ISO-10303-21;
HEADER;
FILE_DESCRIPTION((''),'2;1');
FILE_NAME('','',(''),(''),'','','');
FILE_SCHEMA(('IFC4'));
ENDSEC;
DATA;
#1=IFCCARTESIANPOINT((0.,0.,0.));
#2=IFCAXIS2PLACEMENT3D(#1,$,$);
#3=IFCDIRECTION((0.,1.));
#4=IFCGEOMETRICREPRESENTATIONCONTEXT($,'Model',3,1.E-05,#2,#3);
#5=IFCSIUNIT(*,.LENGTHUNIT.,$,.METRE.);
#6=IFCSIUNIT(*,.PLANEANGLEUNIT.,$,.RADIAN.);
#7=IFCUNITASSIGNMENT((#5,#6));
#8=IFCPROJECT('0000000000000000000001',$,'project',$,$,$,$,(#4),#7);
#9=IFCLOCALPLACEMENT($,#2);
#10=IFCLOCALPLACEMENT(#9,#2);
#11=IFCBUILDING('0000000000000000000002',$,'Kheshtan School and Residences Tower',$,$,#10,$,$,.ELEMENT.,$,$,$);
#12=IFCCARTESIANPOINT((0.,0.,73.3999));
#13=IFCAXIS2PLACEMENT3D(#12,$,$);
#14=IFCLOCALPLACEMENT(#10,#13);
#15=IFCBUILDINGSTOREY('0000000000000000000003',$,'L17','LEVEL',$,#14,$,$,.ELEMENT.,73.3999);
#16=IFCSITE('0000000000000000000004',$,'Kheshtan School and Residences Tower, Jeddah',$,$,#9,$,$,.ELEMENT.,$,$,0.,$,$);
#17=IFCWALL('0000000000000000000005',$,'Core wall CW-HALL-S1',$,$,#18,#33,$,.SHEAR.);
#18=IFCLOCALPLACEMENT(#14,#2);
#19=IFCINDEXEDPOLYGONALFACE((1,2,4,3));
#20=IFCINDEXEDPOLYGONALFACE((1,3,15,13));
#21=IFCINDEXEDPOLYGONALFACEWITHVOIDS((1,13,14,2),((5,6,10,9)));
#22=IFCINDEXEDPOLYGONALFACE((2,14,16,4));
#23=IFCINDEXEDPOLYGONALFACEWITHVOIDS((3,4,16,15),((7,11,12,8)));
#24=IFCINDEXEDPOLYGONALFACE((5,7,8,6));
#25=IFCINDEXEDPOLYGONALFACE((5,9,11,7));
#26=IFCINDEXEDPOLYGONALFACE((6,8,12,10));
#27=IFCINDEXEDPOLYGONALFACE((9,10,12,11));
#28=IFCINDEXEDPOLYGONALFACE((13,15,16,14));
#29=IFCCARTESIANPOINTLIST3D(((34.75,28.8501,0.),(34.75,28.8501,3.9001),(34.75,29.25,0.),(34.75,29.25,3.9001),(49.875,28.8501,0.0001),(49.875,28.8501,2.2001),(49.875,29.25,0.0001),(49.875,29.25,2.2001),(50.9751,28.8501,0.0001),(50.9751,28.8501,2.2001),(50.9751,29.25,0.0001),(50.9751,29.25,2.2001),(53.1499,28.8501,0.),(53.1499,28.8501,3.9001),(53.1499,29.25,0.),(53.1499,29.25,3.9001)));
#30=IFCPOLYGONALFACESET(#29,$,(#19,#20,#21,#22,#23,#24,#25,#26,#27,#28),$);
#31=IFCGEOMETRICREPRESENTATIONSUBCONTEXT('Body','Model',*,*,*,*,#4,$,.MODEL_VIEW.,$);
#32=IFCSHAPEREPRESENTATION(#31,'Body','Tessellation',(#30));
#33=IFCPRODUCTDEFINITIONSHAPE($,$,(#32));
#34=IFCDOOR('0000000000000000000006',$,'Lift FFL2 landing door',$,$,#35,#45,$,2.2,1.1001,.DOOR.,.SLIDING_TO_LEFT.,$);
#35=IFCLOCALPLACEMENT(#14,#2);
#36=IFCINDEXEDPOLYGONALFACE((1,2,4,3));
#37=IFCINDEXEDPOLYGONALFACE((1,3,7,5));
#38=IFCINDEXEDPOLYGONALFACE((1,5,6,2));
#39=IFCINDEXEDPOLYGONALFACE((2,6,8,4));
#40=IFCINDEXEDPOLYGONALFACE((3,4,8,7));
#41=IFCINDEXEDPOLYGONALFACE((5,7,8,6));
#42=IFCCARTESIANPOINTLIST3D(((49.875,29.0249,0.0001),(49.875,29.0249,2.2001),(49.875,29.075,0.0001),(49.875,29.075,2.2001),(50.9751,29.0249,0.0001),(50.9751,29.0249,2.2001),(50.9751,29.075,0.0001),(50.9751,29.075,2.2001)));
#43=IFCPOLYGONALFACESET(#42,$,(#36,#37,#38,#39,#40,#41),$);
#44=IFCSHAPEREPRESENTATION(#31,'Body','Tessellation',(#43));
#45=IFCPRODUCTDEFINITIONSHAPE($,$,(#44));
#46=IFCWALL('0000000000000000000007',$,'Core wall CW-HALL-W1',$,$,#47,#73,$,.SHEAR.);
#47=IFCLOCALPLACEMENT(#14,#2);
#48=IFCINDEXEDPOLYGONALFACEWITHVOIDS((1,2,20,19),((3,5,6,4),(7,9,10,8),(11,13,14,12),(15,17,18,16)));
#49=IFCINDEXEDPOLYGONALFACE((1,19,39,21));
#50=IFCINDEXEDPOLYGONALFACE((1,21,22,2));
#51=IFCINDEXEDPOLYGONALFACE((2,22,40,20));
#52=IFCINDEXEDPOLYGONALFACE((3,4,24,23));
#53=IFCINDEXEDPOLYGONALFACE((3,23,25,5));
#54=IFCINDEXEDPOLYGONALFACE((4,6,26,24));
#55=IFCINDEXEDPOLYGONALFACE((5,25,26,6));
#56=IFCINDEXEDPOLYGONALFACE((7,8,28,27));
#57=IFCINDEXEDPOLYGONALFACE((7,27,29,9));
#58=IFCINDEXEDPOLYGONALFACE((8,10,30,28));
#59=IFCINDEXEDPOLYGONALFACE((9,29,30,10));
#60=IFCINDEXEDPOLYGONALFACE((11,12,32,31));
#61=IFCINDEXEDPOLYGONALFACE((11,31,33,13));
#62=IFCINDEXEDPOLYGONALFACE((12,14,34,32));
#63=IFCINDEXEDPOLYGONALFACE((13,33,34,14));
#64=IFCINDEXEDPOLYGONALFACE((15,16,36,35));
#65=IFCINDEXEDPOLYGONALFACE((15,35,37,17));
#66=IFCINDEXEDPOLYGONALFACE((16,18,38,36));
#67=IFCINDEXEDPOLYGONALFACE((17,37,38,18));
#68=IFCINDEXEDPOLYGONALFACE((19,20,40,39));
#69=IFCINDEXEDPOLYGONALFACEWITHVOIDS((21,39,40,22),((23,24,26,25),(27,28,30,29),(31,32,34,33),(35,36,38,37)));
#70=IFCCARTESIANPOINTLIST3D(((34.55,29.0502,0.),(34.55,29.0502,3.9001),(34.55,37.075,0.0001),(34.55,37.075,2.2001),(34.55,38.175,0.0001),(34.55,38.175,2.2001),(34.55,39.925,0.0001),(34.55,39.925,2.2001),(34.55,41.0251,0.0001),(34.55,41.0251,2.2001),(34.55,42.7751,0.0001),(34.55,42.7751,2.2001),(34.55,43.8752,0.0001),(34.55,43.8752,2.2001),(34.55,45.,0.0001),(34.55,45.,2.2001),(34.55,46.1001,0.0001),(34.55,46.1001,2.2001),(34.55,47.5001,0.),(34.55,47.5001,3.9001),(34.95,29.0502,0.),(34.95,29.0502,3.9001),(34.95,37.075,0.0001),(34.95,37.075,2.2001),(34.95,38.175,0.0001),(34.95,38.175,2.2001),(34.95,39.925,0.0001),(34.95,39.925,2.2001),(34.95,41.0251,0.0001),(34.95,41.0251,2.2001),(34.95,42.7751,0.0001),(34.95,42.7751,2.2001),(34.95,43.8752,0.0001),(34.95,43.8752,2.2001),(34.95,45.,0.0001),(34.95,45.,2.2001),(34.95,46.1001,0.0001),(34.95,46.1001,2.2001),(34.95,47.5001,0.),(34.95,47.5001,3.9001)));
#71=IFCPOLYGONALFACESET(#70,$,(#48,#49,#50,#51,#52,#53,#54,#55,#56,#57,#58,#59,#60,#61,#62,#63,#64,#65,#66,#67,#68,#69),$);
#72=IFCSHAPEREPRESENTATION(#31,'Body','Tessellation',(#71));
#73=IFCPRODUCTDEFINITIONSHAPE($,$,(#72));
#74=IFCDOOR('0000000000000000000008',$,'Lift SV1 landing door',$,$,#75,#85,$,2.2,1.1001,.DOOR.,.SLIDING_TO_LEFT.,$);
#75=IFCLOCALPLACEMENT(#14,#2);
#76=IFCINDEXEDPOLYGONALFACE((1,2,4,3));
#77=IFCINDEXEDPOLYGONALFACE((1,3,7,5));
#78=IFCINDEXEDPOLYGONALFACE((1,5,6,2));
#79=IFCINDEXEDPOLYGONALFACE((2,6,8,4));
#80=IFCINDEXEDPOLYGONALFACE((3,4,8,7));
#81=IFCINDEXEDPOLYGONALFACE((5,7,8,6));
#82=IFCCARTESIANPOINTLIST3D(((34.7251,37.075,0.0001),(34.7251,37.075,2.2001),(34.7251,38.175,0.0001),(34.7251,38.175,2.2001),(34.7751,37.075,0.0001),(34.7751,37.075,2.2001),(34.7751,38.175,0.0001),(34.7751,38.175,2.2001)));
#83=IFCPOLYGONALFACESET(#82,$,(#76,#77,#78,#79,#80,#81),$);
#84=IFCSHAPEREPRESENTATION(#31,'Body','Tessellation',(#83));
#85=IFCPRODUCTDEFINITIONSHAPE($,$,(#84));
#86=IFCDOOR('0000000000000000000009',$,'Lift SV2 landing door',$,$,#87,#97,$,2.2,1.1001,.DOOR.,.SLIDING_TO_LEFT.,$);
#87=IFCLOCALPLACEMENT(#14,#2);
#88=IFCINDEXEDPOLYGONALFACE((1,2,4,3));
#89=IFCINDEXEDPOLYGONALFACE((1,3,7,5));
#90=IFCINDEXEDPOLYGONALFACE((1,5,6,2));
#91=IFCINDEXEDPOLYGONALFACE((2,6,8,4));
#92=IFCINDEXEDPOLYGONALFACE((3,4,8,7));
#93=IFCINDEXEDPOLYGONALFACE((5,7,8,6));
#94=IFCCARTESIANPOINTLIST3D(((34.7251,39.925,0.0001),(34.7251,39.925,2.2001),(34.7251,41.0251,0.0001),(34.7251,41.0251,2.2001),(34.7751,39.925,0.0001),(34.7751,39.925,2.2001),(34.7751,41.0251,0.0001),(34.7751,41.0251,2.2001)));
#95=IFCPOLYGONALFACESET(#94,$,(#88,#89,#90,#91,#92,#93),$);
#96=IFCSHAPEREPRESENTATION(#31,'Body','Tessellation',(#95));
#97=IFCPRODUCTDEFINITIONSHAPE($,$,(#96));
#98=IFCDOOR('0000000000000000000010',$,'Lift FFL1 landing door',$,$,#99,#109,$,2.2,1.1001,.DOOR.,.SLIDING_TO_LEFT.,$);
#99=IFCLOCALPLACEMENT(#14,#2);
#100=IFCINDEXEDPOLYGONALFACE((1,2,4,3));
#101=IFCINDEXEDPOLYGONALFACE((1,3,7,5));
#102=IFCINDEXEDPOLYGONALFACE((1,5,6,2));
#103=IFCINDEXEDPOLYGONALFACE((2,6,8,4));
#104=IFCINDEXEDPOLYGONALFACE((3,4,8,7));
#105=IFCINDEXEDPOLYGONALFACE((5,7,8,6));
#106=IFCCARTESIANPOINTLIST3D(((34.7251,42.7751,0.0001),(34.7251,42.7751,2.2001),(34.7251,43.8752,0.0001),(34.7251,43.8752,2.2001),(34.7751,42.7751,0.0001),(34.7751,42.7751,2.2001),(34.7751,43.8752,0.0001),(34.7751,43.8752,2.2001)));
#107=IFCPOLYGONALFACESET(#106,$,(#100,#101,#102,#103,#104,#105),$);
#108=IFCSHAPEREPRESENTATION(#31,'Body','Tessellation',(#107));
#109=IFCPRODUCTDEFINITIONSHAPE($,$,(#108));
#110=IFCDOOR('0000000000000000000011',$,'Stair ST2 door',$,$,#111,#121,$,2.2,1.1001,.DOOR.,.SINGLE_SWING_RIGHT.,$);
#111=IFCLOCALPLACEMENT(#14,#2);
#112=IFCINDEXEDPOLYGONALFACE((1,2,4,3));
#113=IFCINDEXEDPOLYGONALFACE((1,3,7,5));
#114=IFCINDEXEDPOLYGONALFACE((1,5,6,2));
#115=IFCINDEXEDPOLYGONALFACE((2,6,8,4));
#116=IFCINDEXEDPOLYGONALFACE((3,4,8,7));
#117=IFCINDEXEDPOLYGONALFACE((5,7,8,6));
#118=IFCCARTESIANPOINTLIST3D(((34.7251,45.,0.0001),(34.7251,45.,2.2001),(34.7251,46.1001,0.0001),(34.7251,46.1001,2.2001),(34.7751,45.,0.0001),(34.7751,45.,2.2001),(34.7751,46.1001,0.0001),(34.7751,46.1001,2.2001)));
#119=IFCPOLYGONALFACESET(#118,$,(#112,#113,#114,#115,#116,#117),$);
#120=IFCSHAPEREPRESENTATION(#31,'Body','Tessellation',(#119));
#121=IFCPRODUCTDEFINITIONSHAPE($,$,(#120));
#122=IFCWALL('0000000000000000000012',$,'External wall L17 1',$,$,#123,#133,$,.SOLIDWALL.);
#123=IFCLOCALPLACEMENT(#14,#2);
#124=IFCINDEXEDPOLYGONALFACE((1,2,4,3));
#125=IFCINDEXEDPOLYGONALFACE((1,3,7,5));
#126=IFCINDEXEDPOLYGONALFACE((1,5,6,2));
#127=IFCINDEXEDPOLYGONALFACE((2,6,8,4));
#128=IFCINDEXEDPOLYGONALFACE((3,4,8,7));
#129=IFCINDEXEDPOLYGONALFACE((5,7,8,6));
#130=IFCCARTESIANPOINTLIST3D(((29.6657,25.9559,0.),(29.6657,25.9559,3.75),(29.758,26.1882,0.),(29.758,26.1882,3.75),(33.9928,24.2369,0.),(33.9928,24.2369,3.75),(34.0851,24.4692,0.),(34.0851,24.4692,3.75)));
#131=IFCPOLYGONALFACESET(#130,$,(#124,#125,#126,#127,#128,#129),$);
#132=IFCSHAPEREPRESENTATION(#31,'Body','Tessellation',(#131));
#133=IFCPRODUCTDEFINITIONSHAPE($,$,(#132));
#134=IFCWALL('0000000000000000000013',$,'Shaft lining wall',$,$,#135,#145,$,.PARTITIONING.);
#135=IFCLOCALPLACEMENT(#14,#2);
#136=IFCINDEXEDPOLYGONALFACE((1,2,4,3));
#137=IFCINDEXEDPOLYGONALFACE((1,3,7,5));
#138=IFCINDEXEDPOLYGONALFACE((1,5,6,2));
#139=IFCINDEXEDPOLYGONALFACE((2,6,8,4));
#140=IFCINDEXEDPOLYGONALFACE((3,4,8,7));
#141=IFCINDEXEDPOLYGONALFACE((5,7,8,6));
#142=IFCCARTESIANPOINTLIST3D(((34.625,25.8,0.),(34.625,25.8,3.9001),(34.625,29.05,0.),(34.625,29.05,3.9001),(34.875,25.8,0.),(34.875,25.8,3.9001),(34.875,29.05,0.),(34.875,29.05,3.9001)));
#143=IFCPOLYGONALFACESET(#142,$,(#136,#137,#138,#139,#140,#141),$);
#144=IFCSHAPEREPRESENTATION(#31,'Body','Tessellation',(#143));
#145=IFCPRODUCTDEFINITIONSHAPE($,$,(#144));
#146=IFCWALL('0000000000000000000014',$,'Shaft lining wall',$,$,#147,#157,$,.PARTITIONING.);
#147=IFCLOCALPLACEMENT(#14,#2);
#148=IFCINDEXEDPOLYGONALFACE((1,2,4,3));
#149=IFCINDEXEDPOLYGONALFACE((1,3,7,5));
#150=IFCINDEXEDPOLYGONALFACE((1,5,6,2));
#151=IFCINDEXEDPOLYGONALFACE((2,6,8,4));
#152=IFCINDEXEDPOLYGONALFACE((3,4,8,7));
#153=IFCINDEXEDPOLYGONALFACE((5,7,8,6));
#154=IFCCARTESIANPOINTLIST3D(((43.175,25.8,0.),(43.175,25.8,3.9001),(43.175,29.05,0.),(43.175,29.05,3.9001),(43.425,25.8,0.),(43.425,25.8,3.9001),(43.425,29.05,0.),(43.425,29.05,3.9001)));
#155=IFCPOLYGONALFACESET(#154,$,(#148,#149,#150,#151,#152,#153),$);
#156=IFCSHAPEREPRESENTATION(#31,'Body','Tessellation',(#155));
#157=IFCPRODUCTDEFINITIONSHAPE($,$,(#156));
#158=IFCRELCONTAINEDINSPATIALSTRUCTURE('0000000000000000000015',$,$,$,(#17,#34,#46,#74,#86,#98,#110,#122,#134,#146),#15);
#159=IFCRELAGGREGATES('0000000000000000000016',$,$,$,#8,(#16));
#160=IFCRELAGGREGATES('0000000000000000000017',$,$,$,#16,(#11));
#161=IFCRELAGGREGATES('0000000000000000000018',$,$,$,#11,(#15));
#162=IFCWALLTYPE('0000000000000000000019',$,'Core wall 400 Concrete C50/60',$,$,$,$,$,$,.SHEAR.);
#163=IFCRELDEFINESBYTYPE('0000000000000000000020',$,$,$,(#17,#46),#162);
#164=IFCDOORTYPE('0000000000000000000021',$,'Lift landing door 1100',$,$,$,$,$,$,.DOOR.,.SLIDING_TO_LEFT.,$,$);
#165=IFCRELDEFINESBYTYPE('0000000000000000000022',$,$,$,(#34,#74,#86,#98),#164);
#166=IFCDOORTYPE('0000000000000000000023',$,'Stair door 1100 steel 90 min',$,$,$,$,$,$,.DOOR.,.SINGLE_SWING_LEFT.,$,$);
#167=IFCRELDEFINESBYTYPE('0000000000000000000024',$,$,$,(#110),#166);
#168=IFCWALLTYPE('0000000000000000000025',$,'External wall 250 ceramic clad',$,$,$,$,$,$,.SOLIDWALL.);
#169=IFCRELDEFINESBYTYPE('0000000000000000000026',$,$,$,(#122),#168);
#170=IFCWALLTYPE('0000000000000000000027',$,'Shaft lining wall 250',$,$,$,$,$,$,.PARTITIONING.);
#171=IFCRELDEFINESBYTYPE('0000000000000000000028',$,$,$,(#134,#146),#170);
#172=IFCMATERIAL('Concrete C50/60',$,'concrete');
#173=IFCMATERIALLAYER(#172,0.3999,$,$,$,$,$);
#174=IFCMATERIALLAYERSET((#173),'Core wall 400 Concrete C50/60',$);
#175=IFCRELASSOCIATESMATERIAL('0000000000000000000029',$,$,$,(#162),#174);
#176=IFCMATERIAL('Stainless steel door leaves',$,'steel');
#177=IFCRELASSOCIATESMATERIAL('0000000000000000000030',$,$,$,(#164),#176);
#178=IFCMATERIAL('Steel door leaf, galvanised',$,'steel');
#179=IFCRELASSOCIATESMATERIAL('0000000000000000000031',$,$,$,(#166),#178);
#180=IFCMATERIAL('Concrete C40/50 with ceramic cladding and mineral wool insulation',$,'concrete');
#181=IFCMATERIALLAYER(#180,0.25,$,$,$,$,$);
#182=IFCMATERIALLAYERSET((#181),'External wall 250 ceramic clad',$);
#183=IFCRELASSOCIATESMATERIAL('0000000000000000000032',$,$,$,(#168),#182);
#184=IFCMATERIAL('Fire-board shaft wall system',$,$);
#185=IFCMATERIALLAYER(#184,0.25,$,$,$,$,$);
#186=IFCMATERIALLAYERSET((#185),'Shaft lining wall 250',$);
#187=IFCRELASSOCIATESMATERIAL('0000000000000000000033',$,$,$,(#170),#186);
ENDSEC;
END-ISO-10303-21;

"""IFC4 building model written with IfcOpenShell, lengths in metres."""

from ifc_helpers import new_model, si_unit, direction, frame, frame_2d, origin, place, context, subcontext, project, spatial, rectangle, extrude, source, transform, mapped, material, layer, layer_set, type_object, element, fill, save


model = new_model("IFC4")

# Units and contexts
model_context = context("Model", 3, precision=1e-05, world=origin(), true_north=direction((0.0, 1.0)))
body_context = subcontext(model_context, "Body", "Model", "MODEL_VIEW")
ifc_project = project(units=[si_unit("LENGTHUNIT", "METRE"), si_unit("PLANEANGLEUNIT", "RADIAN")], contexts=[model_context])

# Site, building, storey
site_placement = place(None, origin())
site = spatial("IfcSite", under=ifc_project, at=site_placement, Name="Kheshtan School and Residences Tower, Jeddah", CompositionType="ELEMENT", RefElevation=0.0)
building_placement = place(site_placement, origin())
building = spatial("IfcBuilding", under=site, at=building_placement, Name="Kheshtan School and Residences Tower", CompositionType="ELEMENT")
storey_placement = place(building_placement, frame((0.0, 0.0, 73.3999)))
storey = spatial("IfcBuildingStorey", under=building, at=storey_placement, Name="L17", Description="LEVEL", CompositionType="ELEMENT", Elevation=73.3999)

# Wall, opening, door
ifc_material_1 = material(Name="Concrete C50/60", Category="concrete")
ifc_layer_1 = layer(ifc_material_1, 0.3999)
ifc_layer_set_1 = layer_set([ifc_layer_1], Name="Core wall 400 Concrete C50/60")
wall_type_1 = type_object("IfcWallType", Name="Core wall 400 Concrete C50/60", PredefinedType="SHEAR", material=ifc_layer_set_1)
wall_1_placement = place(storey_placement, frame((34.75, 29.05, 0.0), z_axis=(0.0, 0.0, 1.0), x_axis=(1.0, 0.0, 0.0)))
wall_1 = element("IfcWall", 1, at=wall_1_placement, inside=storey, type_object=wall_type_1, Name="Core wall CW-HALL-S1", PredefinedType="SHEAR", context=body_context, shape_type="SweptSolid", body=[
    extrude(rectangle(XDim=18.3999, YDim=0.3999, at=frame_2d((9.2, 0.0))), origin(), (0.0, 0.0, 1.0), 3.9001),
])
opening_1_placement = place(wall_1_placement, frame((15.125, 0.0, 0.0)))
opening_1 = element("IfcOpeningElement", 2, at=opening_1_placement, cuts=wall_1, PredefinedType="OPENING", context=body_context, shape_type="SweptSolid", body=[
    extrude(rectangle(XDim=1.1001, YDim=2.2, at=frame_2d((0.55, 1.1001))), frame((0.0, 0.21, 0.0), z_axis=(0.0, -1.0, 0.0), x_axis=(1.0, 0.0, 0.0)), (0.0, 0.0, 1.0), 0.4199),
])
ifc_material_2 = material(Name="Stainless steel door leaves", Category="steel")
door_type_1 = type_object("IfcDoorType", Name="Lift landing door 1100", OperationType="SLIDING_TO_LEFT", PredefinedType="DOOR", material=ifc_material_2)
shared_shape_1 = source(origin(), body_context, "Body", "SweptSolid", [
    extrude(rectangle(XDim=1.1001, YDim=2.2, at=frame_2d((0.55, 1.1001))), frame((0.0, 0.0249, 0.0), z_axis=(0.0, -1.0, 0.0), x_axis=(1.0, 0.0, 0.0)), (0.0, 0.0, 1.0), 0.05),
])
door_1_placement = place(opening_1_placement, origin())
door_1 = element("IfcDoor", 3, at=door_1_placement, inside=storey, type_object=door_type_1, Name="Lift FFL2 landing door", OperationType="SLIDING_TO_LEFT", OverallHeight=2.2, OverallWidth=1.1001, PredefinedType="DOOR", context=body_context, shape_type="MappedRepresentation", body=[
    mapped(shared_shape_1, transform((0.0, 0.0, 0.0), x_axis=(1.0, 0.0, 0.0), y_axis=(0.0, 1.0, 0.0), z_axis=(0.0, 0.0, 1.0), scale=1.0)),
])
fill(opening_1, door_1)

# Wall, openings, doors
wall_2_placement = place(storey_placement, frame((34.75, 29.05, 0.0), z_axis=(0.0, 0.0, 1.0), x_axis=(0.0, 1.0, 0.0)))
wall_2 = element("IfcWall", 4, at=wall_2_placement, inside=storey, type_object=wall_type_1, Name="Core wall CW-HALL-W1", PredefinedType="SHEAR", context=body_context, shape_type="SweptSolid", body=[
    extrude(rectangle(XDim=18.45, YDim=0.3999, at=frame_2d((9.2251, 0.0))), origin(), (0.0, 0.0, 1.0), 3.9001),
])
opening_2_placement = place(wall_2_placement, frame((8.0249, 0.0, 0.0)))
opening_2 = element("IfcOpeningElement", 5, at=opening_2_placement, cuts=wall_2, PredefinedType="OPENING", context=body_context, shape_type="SweptSolid", body=[
    extrude(rectangle(XDim=1.1001, YDim=2.2, at=frame_2d((0.55, 1.1001))), frame((0.0, 0.21, 0.0), z_axis=(0.0, -1.0, 0.0), x_axis=(1.0, 0.0, 0.0)), (0.0, 0.0, 1.0), 0.4199),
])
opening_3_placement = place(wall_2_placement, frame((10.875, 0.0, 0.0)))
opening_3 = element("IfcOpeningElement", 6, at=opening_3_placement, cuts=wall_2, PredefinedType="OPENING", context=body_context, shape_type="SweptSolid", body=[
    extrude(rectangle(XDim=1.1001, YDim=2.2, at=frame_2d((0.55, 1.1001))), frame((0.0, 0.21, 0.0), z_axis=(0.0, -1.0, 0.0), x_axis=(1.0, 0.0, 0.0)), (0.0, 0.0, 1.0), 0.4199),
])
opening_4_placement = place(wall_2_placement, frame((13.7251, 0.0, 0.0)))
opening_4 = element("IfcOpeningElement", 7, at=opening_4_placement, cuts=wall_2, PredefinedType="OPENING", context=body_context, shape_type="SweptSolid", body=[
    extrude(rectangle(XDim=1.1001, YDim=2.2, at=frame_2d((0.55, 1.1001))), frame((0.0, 0.21, 0.0), z_axis=(0.0, -1.0, 0.0), x_axis=(1.0, 0.0, 0.0)), (0.0, 0.0, 1.0), 0.4199),
])
opening_5_placement = place(wall_2_placement, frame((15.95, 0.0, 0.0)))
opening_5 = element("IfcOpeningElement", 8, at=opening_5_placement, cuts=wall_2, PredefinedType="OPENING", context=body_context, shape_type="SweptSolid", body=[
    extrude(rectangle(XDim=1.1001, YDim=2.2, at=frame_2d((0.55, 1.1001))), frame((0.0, 0.21, 0.0), z_axis=(0.0, -1.0, 0.0), x_axis=(1.0, 0.0, 0.0)), (0.0, 0.0, 1.0), 0.4199),
])
door_2_placement = place(opening_2_placement, origin())
door_2 = element("IfcDoor", 9, at=door_2_placement, inside=storey, type_object=door_type_1, Name="Lift SV1 landing door", OperationType="SLIDING_TO_LEFT", OverallHeight=2.2, OverallWidth=1.1001, PredefinedType="DOOR", context=body_context, shape_type="MappedRepresentation", body=[
    mapped(shared_shape_1, transform((0.0, 0.0, 0.0), x_axis=(1.0, 0.0, 0.0), y_axis=(0.0, 1.0, 0.0), z_axis=(0.0, 0.0, 1.0), scale=1.0)),
])
fill(opening_2, door_2)
door_3_placement = place(opening_3_placement, origin())
door_3 = element("IfcDoor", 10, at=door_3_placement, inside=storey, type_object=door_type_1, Name="Lift SV2 landing door", OperationType="SLIDING_TO_LEFT", OverallHeight=2.2, OverallWidth=1.1001, PredefinedType="DOOR", context=body_context, shape_type="MappedRepresentation", body=[
    mapped(shared_shape_1, transform((0.0, 0.0, 0.0), x_axis=(1.0, 0.0, 0.0), y_axis=(0.0, 1.0, 0.0), z_axis=(0.0, 0.0, 1.0), scale=1.0)),
])
fill(opening_3, door_3)
door_4_placement = place(opening_4_placement, origin())
door_4 = element("IfcDoor", 11, at=door_4_placement, inside=storey, type_object=door_type_1, Name="Lift FFL1 landing door", OperationType="SLIDING_TO_LEFT", OverallHeight=2.2, OverallWidth=1.1001, PredefinedType="DOOR", context=body_context, shape_type="MappedRepresentation", body=[
    mapped(shared_shape_1, transform((0.0, 0.0, 0.0), x_axis=(1.0, 0.0, 0.0), y_axis=(0.0, 1.0, 0.0), z_axis=(0.0, 0.0, 1.0), scale=1.0)),
])
fill(opening_4, door_4)
ifc_material_3 = material(Name="Steel door leaf, galvanised", Category="steel")
door_type_2 = type_object("IfcDoorType", Name="Stair door 1100 steel 90 min", OperationType="SINGLE_SWING_LEFT", PredefinedType="DOOR", material=ifc_material_3)
shared_shape_2 = source(origin(), body_context, "Body", "SweptSolid", [
    extrude(rectangle(XDim=1.1001, YDim=2.2, at=frame_2d((0.55, 1.1001))), frame((0.0, 0.0249, 0.0), z_axis=(0.0, -1.0, 0.0), x_axis=(1.0, 0.0, 0.0)), (0.0, 0.0, 1.0), 0.05),
])
door_5_placement = place(opening_5_placement, origin())
door_5 = element("IfcDoor", 12, at=door_5_placement, inside=storey, type_object=door_type_2, Name="Stair ST2 door", OperationType="SINGLE_SWING_RIGHT", OverallHeight=2.2, OverallWidth=1.1001, PredefinedType="DOOR", context=body_context, shape_type="MappedRepresentation", body=[
    mapped(shared_shape_2, transform((0.0, 0.0, 0.0), x_axis=(1.0, 0.0, 0.0), y_axis=(0.0, 1.0, 0.0), z_axis=(0.0, 0.0, 1.0), scale=1.0)),
])
fill(opening_5, door_5)

# Walls
ifc_material_4 = material(Name="Concrete C40/50 with ceramic cladding and mineral wool insulation", Category="concrete")
ifc_layer_2 = layer(ifc_material_4, 0.25)
ifc_layer_set_2 = layer_set([ifc_layer_2], Name="External wall 250 ceramic clad")
wall_type_2 = type_object("IfcWallType", Name="External wall 250 ceramic clad", PredefinedType="SOLIDWALL", material=ifc_layer_set_2)
wall_3_placement = place(storey_placement, frame((34.0391, 24.353, 0.0), z_axis=(0.0, 0.0, 1.0), x_axis=(-0.929353, 0.369193, 0.0)))
element("IfcWall", 13, at=wall_3_placement, inside=storey, type_object=wall_type_2, Name="External wall L17 1", PredefinedType="SOLIDWALL", context=body_context, shape_type="SweptSolid", body=[
    extrude(rectangle(XDim=4.656, YDim=0.25, at=frame_2d((2.3281, 0.0))), origin(), (0.0, 0.0, 1.0), 3.75),
])
ifc_material_5 = material(Name="Fire-board shaft wall system")
ifc_layer_3 = layer(ifc_material_5, 0.25)
ifc_layer_set_3 = layer_set([ifc_layer_3], Name="Shaft lining wall 250")
wall_type_3 = type_object("IfcWallType", Name="Shaft lining wall 250", PredefinedType="PARTITIONING", material=ifc_layer_set_3)
for number, where, z_axis, x_axis, name in (
    (14, (34.75, 25.8, 0.0), (0.0, 0.0, 1.0), (0.0, 1.0, 0.0), "Shaft lining wall"),
    (15, (43.3, 25.8, 0.0), (0.0, 0.0, 1.0), (0.0, 1.0, 0.0), "Shaft lining wall"),
):
    element("IfcWall", number, at=place(storey_placement, frame(where, z_axis=z_axis, x_axis=x_axis)), inside=storey, type_object=wall_type_3, Name=name, PredefinedType="PARTITIONING", context=body_context, shape_type="SweptSolid", body=[
        extrude(rectangle(XDim=3.25, YDim=0.25, at=frame_2d((1.625, 0.0))), origin(), (0.0, 0.0, 1.0), 3.9001),
    ])

save(model, "model.ifc")
